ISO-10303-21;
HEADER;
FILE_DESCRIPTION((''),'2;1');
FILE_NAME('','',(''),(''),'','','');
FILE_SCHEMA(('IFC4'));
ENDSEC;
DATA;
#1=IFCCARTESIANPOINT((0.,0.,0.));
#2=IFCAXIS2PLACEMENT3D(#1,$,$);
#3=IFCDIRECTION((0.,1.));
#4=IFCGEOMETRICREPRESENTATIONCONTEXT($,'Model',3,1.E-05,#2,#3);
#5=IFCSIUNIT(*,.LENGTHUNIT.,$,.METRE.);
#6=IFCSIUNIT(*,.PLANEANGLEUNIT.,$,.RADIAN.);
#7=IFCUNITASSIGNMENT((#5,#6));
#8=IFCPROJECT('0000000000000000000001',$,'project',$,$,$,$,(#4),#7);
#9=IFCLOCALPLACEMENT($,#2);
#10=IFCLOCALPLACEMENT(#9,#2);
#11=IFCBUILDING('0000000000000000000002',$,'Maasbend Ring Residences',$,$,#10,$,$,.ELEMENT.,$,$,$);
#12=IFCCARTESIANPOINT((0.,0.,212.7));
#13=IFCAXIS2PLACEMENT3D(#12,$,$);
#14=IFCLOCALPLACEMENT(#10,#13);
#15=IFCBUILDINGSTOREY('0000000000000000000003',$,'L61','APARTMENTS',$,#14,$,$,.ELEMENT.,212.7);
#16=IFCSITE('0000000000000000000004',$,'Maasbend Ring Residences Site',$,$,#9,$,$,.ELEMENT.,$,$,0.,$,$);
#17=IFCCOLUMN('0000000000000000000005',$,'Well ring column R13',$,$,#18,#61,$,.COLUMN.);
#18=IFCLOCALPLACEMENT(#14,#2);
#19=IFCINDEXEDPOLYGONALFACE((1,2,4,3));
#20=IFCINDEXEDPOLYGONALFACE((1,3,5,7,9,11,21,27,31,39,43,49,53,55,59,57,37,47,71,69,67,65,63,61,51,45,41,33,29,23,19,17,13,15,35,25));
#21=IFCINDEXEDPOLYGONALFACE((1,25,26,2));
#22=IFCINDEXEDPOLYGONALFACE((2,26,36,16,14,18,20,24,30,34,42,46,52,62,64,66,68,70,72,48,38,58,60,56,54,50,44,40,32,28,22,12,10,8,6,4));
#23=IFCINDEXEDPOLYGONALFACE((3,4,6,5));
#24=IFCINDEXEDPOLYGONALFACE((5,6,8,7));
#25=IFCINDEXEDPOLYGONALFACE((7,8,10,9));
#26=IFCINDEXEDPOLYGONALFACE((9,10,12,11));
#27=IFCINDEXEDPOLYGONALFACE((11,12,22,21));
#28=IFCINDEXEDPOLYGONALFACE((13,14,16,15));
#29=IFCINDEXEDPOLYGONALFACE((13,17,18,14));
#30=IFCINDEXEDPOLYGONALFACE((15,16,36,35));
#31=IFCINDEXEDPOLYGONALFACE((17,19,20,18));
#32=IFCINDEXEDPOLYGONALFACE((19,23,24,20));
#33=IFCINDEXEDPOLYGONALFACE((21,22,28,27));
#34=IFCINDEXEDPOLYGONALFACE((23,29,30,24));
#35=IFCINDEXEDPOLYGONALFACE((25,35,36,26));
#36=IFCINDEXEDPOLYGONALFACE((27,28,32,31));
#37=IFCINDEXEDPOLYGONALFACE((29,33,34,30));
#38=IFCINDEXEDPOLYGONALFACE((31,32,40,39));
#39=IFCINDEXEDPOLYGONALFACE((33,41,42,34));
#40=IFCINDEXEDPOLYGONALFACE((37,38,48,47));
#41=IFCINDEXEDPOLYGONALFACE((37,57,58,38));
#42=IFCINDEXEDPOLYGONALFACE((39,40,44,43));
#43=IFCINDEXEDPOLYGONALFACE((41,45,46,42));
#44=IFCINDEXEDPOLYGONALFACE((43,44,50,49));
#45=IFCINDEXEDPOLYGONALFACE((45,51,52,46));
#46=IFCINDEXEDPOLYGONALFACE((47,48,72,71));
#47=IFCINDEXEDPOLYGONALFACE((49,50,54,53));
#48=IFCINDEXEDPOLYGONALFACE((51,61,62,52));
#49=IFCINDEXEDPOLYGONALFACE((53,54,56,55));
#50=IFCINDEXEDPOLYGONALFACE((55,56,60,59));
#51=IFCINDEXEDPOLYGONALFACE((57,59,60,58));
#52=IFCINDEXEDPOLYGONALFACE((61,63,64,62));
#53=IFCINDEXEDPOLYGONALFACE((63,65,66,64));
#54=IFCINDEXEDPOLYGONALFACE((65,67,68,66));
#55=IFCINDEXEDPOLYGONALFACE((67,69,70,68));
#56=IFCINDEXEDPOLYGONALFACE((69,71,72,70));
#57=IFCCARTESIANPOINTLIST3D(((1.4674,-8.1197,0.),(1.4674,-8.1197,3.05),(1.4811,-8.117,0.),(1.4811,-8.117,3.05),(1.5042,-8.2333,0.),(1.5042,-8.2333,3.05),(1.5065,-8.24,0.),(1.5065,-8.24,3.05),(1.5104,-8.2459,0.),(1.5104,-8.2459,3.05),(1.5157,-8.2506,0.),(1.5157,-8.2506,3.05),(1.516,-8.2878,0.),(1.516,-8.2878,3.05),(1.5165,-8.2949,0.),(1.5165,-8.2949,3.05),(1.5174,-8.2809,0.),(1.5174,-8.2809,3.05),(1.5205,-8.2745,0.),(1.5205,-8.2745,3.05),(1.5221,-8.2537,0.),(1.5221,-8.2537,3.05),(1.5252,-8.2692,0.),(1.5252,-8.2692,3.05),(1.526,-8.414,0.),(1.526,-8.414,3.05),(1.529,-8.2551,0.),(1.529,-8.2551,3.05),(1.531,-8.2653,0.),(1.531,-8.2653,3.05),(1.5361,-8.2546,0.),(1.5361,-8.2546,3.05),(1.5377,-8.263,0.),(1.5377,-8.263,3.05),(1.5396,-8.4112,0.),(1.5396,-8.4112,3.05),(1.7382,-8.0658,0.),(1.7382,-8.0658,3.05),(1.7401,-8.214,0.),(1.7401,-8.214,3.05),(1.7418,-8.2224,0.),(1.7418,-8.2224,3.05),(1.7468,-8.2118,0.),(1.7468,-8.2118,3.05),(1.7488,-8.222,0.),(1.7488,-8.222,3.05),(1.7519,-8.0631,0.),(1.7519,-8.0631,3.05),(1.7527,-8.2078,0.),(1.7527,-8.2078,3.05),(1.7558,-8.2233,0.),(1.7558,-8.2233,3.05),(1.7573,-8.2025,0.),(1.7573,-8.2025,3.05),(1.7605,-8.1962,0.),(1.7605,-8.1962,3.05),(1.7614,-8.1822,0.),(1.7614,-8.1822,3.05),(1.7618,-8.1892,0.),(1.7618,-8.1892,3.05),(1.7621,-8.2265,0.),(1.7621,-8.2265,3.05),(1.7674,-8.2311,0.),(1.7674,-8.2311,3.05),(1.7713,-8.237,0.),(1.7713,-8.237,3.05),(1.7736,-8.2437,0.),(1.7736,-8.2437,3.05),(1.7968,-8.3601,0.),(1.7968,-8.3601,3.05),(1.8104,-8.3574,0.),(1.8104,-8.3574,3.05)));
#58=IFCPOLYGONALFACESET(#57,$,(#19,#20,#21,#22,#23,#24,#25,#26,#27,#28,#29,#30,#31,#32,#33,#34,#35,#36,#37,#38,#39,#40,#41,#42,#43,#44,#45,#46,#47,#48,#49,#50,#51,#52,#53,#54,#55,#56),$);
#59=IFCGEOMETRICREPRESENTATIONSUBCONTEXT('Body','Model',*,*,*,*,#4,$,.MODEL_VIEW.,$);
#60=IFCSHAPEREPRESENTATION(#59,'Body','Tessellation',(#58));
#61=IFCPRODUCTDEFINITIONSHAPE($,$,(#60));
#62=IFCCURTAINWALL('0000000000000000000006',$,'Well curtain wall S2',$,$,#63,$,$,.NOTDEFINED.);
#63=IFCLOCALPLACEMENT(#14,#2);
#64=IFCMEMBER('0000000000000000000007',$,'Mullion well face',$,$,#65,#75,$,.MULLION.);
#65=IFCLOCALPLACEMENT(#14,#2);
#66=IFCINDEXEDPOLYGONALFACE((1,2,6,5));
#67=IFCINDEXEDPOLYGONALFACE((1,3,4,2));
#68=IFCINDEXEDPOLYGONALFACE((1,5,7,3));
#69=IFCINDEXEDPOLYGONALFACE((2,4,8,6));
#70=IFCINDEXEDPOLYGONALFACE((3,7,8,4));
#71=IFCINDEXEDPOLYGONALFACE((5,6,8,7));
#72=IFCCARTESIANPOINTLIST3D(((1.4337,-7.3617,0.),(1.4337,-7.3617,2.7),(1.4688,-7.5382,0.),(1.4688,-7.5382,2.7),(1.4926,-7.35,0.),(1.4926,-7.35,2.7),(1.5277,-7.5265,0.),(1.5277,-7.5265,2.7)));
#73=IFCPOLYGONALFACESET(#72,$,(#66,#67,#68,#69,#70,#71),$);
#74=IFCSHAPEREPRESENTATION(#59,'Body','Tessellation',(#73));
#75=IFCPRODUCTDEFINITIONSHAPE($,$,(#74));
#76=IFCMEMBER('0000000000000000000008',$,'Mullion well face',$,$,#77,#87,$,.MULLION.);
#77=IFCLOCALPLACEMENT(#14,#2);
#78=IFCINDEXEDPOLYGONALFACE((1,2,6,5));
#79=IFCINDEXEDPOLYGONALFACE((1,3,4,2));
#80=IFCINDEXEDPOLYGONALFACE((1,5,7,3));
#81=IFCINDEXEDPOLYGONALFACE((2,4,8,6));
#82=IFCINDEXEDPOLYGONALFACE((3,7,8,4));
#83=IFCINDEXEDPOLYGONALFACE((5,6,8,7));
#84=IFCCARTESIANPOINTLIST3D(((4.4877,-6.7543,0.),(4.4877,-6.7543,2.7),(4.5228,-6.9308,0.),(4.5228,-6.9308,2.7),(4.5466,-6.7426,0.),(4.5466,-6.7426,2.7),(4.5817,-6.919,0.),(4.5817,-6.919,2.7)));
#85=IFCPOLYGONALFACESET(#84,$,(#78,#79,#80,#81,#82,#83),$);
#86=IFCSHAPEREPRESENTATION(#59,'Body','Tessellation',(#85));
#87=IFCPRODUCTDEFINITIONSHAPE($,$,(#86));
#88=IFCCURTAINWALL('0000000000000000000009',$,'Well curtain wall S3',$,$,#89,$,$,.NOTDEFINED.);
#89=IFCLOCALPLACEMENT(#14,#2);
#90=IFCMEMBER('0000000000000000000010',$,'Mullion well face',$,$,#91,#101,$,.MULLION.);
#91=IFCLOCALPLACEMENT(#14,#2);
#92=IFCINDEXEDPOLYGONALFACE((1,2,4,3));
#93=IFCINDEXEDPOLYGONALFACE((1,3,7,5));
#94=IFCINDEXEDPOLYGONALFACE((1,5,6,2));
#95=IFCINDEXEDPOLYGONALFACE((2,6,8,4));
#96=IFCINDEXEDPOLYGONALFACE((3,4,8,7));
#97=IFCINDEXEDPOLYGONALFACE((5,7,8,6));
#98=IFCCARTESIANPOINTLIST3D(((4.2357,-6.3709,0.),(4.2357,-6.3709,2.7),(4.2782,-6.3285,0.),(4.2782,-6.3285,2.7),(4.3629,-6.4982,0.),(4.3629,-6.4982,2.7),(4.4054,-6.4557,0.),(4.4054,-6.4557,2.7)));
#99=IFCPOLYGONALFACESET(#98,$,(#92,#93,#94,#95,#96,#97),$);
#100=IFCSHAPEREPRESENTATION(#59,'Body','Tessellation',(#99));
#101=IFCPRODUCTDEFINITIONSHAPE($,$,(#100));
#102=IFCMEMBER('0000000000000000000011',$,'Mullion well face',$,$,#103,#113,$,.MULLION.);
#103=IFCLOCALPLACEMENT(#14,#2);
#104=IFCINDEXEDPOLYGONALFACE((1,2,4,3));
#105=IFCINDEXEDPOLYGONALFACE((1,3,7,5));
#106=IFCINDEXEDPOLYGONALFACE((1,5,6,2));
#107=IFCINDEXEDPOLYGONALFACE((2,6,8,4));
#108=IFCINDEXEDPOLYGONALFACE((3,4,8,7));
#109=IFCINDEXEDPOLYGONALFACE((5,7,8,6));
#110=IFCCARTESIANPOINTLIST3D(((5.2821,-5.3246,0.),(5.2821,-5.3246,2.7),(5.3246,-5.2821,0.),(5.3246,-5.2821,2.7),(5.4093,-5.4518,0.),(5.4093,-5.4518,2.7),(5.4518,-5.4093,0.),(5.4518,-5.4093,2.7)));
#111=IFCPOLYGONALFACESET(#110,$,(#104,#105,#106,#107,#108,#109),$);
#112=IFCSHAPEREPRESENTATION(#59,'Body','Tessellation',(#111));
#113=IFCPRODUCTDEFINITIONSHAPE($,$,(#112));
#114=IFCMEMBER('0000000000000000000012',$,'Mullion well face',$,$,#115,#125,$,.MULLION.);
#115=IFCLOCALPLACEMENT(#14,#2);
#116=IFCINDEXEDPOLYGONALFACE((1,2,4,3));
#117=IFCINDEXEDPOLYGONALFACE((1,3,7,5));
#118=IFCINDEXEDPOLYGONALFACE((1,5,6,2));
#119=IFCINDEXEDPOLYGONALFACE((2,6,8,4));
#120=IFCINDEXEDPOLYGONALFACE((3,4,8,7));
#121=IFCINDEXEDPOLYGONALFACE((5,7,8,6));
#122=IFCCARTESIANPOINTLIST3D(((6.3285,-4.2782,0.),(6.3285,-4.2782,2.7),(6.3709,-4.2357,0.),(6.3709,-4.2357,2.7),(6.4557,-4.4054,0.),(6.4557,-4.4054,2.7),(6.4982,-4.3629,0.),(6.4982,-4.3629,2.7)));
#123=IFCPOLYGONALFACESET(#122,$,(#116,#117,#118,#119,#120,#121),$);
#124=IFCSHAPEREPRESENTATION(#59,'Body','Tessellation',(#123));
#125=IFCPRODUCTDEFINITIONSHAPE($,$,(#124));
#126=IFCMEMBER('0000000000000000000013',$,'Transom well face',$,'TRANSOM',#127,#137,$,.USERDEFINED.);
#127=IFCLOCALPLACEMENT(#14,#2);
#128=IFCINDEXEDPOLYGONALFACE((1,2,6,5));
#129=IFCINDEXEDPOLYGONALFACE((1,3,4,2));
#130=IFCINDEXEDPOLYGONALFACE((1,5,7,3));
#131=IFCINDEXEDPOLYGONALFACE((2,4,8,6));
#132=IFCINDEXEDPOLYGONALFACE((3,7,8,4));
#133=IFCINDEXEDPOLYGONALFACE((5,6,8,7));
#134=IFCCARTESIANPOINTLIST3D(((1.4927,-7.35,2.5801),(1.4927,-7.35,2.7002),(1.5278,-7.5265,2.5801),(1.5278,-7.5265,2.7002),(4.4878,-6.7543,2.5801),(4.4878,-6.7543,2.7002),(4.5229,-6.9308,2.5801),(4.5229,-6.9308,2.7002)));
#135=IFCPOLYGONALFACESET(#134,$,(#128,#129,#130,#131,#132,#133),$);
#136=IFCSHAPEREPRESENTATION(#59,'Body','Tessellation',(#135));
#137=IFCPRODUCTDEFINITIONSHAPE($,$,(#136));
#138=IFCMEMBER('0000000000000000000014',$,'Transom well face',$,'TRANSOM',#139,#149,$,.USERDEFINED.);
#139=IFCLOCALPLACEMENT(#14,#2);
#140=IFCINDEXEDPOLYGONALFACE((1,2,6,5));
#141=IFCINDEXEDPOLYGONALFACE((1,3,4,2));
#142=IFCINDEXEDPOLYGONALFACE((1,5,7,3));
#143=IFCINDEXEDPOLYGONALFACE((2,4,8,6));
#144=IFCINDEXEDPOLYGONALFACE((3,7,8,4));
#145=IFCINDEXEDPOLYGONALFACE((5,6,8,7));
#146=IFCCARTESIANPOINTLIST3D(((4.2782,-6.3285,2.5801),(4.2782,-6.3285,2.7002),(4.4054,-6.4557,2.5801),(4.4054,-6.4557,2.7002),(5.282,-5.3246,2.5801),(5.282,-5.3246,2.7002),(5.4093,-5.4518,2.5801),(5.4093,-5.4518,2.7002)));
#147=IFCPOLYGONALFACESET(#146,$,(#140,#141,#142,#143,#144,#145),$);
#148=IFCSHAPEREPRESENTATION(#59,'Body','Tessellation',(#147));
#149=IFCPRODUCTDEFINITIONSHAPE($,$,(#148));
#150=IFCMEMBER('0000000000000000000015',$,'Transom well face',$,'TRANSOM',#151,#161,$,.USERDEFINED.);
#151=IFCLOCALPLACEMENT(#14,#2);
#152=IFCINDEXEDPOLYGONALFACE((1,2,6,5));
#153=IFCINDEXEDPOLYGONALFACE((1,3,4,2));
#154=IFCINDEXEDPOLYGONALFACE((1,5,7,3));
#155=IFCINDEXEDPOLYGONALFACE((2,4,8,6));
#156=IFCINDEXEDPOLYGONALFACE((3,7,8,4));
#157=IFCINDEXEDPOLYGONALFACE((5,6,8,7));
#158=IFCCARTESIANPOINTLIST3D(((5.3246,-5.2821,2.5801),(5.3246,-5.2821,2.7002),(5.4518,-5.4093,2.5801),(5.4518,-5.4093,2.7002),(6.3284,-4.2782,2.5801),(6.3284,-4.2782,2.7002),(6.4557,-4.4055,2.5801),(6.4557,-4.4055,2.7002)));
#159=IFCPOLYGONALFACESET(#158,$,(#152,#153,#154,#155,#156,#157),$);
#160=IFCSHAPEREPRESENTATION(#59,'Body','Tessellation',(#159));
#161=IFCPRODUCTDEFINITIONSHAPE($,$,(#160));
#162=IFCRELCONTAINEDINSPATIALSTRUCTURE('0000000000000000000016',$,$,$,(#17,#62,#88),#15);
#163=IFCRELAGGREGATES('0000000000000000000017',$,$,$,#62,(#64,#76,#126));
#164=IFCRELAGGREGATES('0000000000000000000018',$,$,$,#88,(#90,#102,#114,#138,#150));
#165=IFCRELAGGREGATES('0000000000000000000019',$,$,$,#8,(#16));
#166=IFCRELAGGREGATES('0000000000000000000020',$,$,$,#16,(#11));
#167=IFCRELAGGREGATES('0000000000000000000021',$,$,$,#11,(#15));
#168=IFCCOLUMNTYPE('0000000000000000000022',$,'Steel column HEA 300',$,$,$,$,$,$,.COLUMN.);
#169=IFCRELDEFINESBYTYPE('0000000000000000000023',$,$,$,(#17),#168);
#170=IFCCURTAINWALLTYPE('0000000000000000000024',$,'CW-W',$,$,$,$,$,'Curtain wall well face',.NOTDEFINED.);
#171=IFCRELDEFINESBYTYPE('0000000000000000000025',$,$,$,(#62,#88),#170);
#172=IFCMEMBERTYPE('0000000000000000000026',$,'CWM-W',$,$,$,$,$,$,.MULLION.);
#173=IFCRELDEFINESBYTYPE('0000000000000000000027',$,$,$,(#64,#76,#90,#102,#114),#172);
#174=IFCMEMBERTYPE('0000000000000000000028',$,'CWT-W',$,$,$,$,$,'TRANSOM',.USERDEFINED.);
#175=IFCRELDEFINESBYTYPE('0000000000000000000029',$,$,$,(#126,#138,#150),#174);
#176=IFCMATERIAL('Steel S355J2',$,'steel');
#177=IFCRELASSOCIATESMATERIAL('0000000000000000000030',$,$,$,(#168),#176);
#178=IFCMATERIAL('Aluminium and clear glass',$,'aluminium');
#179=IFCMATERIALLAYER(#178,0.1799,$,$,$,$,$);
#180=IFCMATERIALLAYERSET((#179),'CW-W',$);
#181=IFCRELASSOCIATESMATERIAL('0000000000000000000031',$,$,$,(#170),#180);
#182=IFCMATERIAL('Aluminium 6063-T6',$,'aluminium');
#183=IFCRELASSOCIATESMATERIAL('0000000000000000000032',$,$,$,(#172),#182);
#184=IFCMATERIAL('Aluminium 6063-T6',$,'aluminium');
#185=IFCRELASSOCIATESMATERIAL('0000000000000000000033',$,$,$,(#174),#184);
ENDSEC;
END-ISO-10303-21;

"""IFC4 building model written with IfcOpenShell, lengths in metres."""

from ifc_helpers import new_model, si_unit, direction, frame, origin, origin_2d, place, context, subcontext, project, spatial, rectangle, i_section, extrude, material, layer, layer_set, material_profile, profile_set, type_object, element, aggregate, save


model = new_model("IFC4")

# Units and contexts
model_context = context("Model", 3, precision=1e-05, world=origin(), true_north=direction((0.0, 1.0)))
body_context = subcontext(model_context, "Body", "Model", "MODEL_VIEW")
ifc_project = project(units=[si_unit("LENGTHUNIT", "METRE"), si_unit("PLANEANGLEUNIT", "RADIAN")], contexts=[model_context])

# Site, building, storey
site_placement = place(None, origin())
site = spatial("IfcSite", under=ifc_project, at=site_placement, Name="Maasbend Ring Residences Site", CompositionType="ELEMENT", RefElevation=0.0)
building_placement = place(site_placement, origin())
building = spatial("IfcBuilding", under=site, at=building_placement, Name="Maasbend Ring Residences", CompositionType="ELEMENT")
storey_placement = place(building_placement, frame((0.0, 0.0, 212.7)))
storey = spatial("IfcBuildingStorey", under=building, at=storey_placement, Name="L61", Description="APARTMENTS", CompositionType="ELEMENT", Elevation=212.7)

# Column
ifc_material_1 = material(Name="Steel S355J2", Category="steel")
ifc_material_profile_1 = material_profile(ifc_material_1, i_section(OverallWidth=0.3, OverallDepth=0.29, WebThickness=0.0085, FlangeThickness=0.0139, FilletRadius=0.0271, at=origin_2d()), Name="HEA 300")
ifc_profile_set_1 = profile_set([ifc_material_profile_1], Name="Steel S355J2")
column_type = type_object("IfcColumnType", Name="Steel column HEA 300", PredefinedType="COLUMN", material=ifc_profile_set_1)
column_placement = place(storey_placement, frame((1.6389, -8.2385, 0.0), z_axis=(0.0, 0.0, 1.0), x_axis=(0.19509, -0.980785, 0.0)))
element("IfcColumn", 1, at=column_placement, inside=storey, type_object=column_type, Name="Well ring column R13", PredefinedType="COLUMN", context=body_context, shape_type="SweptSolid", body=[
    extrude(i_section(OverallWidth=0.3, OverallDepth=0.29, WebThickness=0.0085, FlangeThickness=0.0139, FilletRadius=0.0271, at=origin_2d()), origin(), (0.0, 0.0, 1.0), 3.05),
])

# Curtain walls, members
ifc_material_2 = material(Name="Aluminium and clear glass", Category="aluminium")
ifc_layer_1 = layer(ifc_material_2, 0.1799)
ifc_layer_set_1 = layer_set([ifc_layer_1], Name="CW-W")
curtain_wall_type = type_object("IfcCurtainWallType", Name="CW-W", ElementType="Curtain wall well face", PredefinedType="NOTDEFINED", material=ifc_layer_set_1)
curtain_wall_1_placement = place(storey_placement, origin())
curtain_wall_1 = element("IfcCurtainWall", 2, at=curtain_wall_1_placement, inside=storey, type_object=curtain_wall_type, Name="Well curtain wall S2", PredefinedType="NOTDEFINED")
ifc_material_3 = material(Name="Aluminium 6063-T6", Category="aluminium")
ifc_material_profile_2 = material_profile(ifc_material_3, rectangle(XDim=0.1799, YDim=0.0601, at=origin_2d()), Name="AL 180x60")
ifc_profile_set_2 = profile_set([ifc_material_profile_2], Name="Aluminium 6063-T6")
member_type_1 = type_object("IfcMemberType", Name="CWM-W", PredefinedType="MULLION", material=ifc_profile_set_2)
member_1_placement = place(storey_placement, frame((1.4807, -7.4441, 0.0), z_axis=(0.0, 0.0, 1.0), x_axis=(-0.19509, 0.980785, 0.0)))
member_1 = element("IfcMember", 3, at=member_1_placement, type_object=member_type_1, Name="Mullion well face", PredefinedType="MULLION", context=body_context, shape_type="SweptSolid", body=[
    extrude(rectangle(XDim=0.1799, YDim=0.0601, at=origin_2d()), origin(), (0.0, 0.0, 1.0), 2.7),
])
member_2_placement = place(storey_placement, frame((4.5347, -6.8367, 0.0), z_axis=(0.0, 0.0, 1.0), x_axis=(-0.19509, 0.980785, 0.0)))
member_2 = element("IfcMember", 4, at=member_2_placement, type_object=member_type_1, Name="Mullion well face", PredefinedType="MULLION", context=body_context, shape_type="SweptSolid", body=[
    extrude(rectangle(XDim=0.1799, YDim=0.0601, at=origin_2d()), origin(), (0.0, 0.0, 1.0), 2.7),
])
curtain_wall_2_placement = place(storey_placement, origin())
curtain_wall_2 = element("IfcCurtainWall", 5, at=curtain_wall_2_placement, inside=storey, type_object=curtain_wall_type, Name="Well curtain wall S3", PredefinedType="NOTDEFINED")
member_3_placement = place(storey_placement, frame((4.3206, -6.4133, 0.0), z_axis=(0.0, 0.0, 1.0), x_axis=(-0.707107, 0.707107, 0.0)))
member_3 = element("IfcMember", 6, at=member_3_placement, type_object=member_type_1, Name="Mullion well face", PredefinedType="MULLION", context=body_context, shape_type="SweptSolid", body=[
    extrude(rectangle(XDim=0.1799, YDim=0.0601, at=origin_2d()), origin(), (0.0, 0.0, 1.0), 2.7),
])
member_4_placement = place(storey_placement, frame((5.3669, -5.3669, 0.0), z_axis=(0.0, 0.0, 1.0), x_axis=(-0.707107, 0.707107, 0.0)))
member_4 = element("IfcMember", 7, at=member_4_placement, type_object=member_type_1, Name="Mullion well face", PredefinedType="MULLION", context=body_context, shape_type="SweptSolid", body=[
    extrude(rectangle(XDim=0.1799, YDim=0.0601, at=origin_2d()), origin(), (0.0, 0.0, 1.0), 2.7),
])
member_5_placement = place(storey_placement, frame((6.4133, -4.3206, 0.0), z_axis=(0.0, 0.0, 1.0), x_axis=(-0.707107, 0.707107, 0.0)))
member_5 = element("IfcMember", 8, at=member_5_placement, type_object=member_type_1, Name="Mullion well face", PredefinedType="MULLION", context=body_context, shape_type="SweptSolid", body=[
    extrude(rectangle(XDim=0.1799, YDim=0.0601, at=origin_2d()), origin(), (0.0, 0.0, 1.0), 2.7),
])

# Members
ifc_material_4 = material(Name="Aluminium 6063-T6", Category="aluminium")
ifc_material_profile_3 = material_profile(ifc_material_4, rectangle(XDim=0.1799, YDim=0.1201, at=origin_2d()), Name="AL 180x120")
ifc_profile_set_3 = profile_set([ifc_material_profile_3], Name="Aluminium 6063-T6")
member_type_2 = type_object("IfcMemberType", Name="CWT-W", ElementType="TRANSOM", PredefinedType="USERDEFINED", material=ifc_profile_set_3)
member_6_placement = place(storey_placement, frame((1.5103, -7.4382, 2.6401), z_axis=(0.980789, 0.195071, 0.0), x_axis=(-0.195071, 0.980789, 0.0)))
member_6 = element("IfcMember", 9, at=member_6_placement, type_object=member_type_2, Name="Transom well face", ObjectType="TRANSOM", PredefinedType="USERDEFINED", context=body_context, shape_type="SweptSolid", body=[
    extrude(rectangle(XDim=0.1799, YDim=0.1201, at=origin_2d()), origin(), (0.0, 0.0, 1.0), 3.0537),
])
member_7_placement = place(storey_placement, frame((4.3418, -6.3921, 2.6401), z_axis=(0.707107, 0.707107, 0.0), x_axis=(-0.707107, 0.707107, 0.0)))
member_7 = element("IfcMember", 10, at=member_7_placement, type_object=member_type_2, Name="Transom well face", ObjectType="TRANSOM", PredefinedType="USERDEFINED", context=body_context, shape_type="SweptSolid", body=[
    extrude(rectangle(XDim=0.1799, YDim=0.1201, at=origin_2d()), origin(), (0.0, 0.0, 1.0), 1.4197),
])
member_8_placement = place(storey_placement, frame((5.3882, -5.3457, 2.6401), z_axis=(0.707107, 0.707107, 0.0), x_axis=(-0.707107, 0.707107, 0.0)))
member_8 = element("IfcMember", 11, at=member_8_placement, type_object=member_type_2, Name="Transom well face", ObjectType="TRANSOM", PredefinedType="USERDEFINED", context=body_context, shape_type="SweptSolid", body=[
    extrude(rectangle(XDim=0.1799, YDim=0.1201, at=origin_2d()), origin(), (0.0, 0.0, 1.0), 1.4197),
])

aggregate(curtain_wall_1, [member_1, member_2, member_6])
aggregate(curtain_wall_2, [member_3, member_4, member_5, member_7, member_8])

save(model, "model.ifc")
